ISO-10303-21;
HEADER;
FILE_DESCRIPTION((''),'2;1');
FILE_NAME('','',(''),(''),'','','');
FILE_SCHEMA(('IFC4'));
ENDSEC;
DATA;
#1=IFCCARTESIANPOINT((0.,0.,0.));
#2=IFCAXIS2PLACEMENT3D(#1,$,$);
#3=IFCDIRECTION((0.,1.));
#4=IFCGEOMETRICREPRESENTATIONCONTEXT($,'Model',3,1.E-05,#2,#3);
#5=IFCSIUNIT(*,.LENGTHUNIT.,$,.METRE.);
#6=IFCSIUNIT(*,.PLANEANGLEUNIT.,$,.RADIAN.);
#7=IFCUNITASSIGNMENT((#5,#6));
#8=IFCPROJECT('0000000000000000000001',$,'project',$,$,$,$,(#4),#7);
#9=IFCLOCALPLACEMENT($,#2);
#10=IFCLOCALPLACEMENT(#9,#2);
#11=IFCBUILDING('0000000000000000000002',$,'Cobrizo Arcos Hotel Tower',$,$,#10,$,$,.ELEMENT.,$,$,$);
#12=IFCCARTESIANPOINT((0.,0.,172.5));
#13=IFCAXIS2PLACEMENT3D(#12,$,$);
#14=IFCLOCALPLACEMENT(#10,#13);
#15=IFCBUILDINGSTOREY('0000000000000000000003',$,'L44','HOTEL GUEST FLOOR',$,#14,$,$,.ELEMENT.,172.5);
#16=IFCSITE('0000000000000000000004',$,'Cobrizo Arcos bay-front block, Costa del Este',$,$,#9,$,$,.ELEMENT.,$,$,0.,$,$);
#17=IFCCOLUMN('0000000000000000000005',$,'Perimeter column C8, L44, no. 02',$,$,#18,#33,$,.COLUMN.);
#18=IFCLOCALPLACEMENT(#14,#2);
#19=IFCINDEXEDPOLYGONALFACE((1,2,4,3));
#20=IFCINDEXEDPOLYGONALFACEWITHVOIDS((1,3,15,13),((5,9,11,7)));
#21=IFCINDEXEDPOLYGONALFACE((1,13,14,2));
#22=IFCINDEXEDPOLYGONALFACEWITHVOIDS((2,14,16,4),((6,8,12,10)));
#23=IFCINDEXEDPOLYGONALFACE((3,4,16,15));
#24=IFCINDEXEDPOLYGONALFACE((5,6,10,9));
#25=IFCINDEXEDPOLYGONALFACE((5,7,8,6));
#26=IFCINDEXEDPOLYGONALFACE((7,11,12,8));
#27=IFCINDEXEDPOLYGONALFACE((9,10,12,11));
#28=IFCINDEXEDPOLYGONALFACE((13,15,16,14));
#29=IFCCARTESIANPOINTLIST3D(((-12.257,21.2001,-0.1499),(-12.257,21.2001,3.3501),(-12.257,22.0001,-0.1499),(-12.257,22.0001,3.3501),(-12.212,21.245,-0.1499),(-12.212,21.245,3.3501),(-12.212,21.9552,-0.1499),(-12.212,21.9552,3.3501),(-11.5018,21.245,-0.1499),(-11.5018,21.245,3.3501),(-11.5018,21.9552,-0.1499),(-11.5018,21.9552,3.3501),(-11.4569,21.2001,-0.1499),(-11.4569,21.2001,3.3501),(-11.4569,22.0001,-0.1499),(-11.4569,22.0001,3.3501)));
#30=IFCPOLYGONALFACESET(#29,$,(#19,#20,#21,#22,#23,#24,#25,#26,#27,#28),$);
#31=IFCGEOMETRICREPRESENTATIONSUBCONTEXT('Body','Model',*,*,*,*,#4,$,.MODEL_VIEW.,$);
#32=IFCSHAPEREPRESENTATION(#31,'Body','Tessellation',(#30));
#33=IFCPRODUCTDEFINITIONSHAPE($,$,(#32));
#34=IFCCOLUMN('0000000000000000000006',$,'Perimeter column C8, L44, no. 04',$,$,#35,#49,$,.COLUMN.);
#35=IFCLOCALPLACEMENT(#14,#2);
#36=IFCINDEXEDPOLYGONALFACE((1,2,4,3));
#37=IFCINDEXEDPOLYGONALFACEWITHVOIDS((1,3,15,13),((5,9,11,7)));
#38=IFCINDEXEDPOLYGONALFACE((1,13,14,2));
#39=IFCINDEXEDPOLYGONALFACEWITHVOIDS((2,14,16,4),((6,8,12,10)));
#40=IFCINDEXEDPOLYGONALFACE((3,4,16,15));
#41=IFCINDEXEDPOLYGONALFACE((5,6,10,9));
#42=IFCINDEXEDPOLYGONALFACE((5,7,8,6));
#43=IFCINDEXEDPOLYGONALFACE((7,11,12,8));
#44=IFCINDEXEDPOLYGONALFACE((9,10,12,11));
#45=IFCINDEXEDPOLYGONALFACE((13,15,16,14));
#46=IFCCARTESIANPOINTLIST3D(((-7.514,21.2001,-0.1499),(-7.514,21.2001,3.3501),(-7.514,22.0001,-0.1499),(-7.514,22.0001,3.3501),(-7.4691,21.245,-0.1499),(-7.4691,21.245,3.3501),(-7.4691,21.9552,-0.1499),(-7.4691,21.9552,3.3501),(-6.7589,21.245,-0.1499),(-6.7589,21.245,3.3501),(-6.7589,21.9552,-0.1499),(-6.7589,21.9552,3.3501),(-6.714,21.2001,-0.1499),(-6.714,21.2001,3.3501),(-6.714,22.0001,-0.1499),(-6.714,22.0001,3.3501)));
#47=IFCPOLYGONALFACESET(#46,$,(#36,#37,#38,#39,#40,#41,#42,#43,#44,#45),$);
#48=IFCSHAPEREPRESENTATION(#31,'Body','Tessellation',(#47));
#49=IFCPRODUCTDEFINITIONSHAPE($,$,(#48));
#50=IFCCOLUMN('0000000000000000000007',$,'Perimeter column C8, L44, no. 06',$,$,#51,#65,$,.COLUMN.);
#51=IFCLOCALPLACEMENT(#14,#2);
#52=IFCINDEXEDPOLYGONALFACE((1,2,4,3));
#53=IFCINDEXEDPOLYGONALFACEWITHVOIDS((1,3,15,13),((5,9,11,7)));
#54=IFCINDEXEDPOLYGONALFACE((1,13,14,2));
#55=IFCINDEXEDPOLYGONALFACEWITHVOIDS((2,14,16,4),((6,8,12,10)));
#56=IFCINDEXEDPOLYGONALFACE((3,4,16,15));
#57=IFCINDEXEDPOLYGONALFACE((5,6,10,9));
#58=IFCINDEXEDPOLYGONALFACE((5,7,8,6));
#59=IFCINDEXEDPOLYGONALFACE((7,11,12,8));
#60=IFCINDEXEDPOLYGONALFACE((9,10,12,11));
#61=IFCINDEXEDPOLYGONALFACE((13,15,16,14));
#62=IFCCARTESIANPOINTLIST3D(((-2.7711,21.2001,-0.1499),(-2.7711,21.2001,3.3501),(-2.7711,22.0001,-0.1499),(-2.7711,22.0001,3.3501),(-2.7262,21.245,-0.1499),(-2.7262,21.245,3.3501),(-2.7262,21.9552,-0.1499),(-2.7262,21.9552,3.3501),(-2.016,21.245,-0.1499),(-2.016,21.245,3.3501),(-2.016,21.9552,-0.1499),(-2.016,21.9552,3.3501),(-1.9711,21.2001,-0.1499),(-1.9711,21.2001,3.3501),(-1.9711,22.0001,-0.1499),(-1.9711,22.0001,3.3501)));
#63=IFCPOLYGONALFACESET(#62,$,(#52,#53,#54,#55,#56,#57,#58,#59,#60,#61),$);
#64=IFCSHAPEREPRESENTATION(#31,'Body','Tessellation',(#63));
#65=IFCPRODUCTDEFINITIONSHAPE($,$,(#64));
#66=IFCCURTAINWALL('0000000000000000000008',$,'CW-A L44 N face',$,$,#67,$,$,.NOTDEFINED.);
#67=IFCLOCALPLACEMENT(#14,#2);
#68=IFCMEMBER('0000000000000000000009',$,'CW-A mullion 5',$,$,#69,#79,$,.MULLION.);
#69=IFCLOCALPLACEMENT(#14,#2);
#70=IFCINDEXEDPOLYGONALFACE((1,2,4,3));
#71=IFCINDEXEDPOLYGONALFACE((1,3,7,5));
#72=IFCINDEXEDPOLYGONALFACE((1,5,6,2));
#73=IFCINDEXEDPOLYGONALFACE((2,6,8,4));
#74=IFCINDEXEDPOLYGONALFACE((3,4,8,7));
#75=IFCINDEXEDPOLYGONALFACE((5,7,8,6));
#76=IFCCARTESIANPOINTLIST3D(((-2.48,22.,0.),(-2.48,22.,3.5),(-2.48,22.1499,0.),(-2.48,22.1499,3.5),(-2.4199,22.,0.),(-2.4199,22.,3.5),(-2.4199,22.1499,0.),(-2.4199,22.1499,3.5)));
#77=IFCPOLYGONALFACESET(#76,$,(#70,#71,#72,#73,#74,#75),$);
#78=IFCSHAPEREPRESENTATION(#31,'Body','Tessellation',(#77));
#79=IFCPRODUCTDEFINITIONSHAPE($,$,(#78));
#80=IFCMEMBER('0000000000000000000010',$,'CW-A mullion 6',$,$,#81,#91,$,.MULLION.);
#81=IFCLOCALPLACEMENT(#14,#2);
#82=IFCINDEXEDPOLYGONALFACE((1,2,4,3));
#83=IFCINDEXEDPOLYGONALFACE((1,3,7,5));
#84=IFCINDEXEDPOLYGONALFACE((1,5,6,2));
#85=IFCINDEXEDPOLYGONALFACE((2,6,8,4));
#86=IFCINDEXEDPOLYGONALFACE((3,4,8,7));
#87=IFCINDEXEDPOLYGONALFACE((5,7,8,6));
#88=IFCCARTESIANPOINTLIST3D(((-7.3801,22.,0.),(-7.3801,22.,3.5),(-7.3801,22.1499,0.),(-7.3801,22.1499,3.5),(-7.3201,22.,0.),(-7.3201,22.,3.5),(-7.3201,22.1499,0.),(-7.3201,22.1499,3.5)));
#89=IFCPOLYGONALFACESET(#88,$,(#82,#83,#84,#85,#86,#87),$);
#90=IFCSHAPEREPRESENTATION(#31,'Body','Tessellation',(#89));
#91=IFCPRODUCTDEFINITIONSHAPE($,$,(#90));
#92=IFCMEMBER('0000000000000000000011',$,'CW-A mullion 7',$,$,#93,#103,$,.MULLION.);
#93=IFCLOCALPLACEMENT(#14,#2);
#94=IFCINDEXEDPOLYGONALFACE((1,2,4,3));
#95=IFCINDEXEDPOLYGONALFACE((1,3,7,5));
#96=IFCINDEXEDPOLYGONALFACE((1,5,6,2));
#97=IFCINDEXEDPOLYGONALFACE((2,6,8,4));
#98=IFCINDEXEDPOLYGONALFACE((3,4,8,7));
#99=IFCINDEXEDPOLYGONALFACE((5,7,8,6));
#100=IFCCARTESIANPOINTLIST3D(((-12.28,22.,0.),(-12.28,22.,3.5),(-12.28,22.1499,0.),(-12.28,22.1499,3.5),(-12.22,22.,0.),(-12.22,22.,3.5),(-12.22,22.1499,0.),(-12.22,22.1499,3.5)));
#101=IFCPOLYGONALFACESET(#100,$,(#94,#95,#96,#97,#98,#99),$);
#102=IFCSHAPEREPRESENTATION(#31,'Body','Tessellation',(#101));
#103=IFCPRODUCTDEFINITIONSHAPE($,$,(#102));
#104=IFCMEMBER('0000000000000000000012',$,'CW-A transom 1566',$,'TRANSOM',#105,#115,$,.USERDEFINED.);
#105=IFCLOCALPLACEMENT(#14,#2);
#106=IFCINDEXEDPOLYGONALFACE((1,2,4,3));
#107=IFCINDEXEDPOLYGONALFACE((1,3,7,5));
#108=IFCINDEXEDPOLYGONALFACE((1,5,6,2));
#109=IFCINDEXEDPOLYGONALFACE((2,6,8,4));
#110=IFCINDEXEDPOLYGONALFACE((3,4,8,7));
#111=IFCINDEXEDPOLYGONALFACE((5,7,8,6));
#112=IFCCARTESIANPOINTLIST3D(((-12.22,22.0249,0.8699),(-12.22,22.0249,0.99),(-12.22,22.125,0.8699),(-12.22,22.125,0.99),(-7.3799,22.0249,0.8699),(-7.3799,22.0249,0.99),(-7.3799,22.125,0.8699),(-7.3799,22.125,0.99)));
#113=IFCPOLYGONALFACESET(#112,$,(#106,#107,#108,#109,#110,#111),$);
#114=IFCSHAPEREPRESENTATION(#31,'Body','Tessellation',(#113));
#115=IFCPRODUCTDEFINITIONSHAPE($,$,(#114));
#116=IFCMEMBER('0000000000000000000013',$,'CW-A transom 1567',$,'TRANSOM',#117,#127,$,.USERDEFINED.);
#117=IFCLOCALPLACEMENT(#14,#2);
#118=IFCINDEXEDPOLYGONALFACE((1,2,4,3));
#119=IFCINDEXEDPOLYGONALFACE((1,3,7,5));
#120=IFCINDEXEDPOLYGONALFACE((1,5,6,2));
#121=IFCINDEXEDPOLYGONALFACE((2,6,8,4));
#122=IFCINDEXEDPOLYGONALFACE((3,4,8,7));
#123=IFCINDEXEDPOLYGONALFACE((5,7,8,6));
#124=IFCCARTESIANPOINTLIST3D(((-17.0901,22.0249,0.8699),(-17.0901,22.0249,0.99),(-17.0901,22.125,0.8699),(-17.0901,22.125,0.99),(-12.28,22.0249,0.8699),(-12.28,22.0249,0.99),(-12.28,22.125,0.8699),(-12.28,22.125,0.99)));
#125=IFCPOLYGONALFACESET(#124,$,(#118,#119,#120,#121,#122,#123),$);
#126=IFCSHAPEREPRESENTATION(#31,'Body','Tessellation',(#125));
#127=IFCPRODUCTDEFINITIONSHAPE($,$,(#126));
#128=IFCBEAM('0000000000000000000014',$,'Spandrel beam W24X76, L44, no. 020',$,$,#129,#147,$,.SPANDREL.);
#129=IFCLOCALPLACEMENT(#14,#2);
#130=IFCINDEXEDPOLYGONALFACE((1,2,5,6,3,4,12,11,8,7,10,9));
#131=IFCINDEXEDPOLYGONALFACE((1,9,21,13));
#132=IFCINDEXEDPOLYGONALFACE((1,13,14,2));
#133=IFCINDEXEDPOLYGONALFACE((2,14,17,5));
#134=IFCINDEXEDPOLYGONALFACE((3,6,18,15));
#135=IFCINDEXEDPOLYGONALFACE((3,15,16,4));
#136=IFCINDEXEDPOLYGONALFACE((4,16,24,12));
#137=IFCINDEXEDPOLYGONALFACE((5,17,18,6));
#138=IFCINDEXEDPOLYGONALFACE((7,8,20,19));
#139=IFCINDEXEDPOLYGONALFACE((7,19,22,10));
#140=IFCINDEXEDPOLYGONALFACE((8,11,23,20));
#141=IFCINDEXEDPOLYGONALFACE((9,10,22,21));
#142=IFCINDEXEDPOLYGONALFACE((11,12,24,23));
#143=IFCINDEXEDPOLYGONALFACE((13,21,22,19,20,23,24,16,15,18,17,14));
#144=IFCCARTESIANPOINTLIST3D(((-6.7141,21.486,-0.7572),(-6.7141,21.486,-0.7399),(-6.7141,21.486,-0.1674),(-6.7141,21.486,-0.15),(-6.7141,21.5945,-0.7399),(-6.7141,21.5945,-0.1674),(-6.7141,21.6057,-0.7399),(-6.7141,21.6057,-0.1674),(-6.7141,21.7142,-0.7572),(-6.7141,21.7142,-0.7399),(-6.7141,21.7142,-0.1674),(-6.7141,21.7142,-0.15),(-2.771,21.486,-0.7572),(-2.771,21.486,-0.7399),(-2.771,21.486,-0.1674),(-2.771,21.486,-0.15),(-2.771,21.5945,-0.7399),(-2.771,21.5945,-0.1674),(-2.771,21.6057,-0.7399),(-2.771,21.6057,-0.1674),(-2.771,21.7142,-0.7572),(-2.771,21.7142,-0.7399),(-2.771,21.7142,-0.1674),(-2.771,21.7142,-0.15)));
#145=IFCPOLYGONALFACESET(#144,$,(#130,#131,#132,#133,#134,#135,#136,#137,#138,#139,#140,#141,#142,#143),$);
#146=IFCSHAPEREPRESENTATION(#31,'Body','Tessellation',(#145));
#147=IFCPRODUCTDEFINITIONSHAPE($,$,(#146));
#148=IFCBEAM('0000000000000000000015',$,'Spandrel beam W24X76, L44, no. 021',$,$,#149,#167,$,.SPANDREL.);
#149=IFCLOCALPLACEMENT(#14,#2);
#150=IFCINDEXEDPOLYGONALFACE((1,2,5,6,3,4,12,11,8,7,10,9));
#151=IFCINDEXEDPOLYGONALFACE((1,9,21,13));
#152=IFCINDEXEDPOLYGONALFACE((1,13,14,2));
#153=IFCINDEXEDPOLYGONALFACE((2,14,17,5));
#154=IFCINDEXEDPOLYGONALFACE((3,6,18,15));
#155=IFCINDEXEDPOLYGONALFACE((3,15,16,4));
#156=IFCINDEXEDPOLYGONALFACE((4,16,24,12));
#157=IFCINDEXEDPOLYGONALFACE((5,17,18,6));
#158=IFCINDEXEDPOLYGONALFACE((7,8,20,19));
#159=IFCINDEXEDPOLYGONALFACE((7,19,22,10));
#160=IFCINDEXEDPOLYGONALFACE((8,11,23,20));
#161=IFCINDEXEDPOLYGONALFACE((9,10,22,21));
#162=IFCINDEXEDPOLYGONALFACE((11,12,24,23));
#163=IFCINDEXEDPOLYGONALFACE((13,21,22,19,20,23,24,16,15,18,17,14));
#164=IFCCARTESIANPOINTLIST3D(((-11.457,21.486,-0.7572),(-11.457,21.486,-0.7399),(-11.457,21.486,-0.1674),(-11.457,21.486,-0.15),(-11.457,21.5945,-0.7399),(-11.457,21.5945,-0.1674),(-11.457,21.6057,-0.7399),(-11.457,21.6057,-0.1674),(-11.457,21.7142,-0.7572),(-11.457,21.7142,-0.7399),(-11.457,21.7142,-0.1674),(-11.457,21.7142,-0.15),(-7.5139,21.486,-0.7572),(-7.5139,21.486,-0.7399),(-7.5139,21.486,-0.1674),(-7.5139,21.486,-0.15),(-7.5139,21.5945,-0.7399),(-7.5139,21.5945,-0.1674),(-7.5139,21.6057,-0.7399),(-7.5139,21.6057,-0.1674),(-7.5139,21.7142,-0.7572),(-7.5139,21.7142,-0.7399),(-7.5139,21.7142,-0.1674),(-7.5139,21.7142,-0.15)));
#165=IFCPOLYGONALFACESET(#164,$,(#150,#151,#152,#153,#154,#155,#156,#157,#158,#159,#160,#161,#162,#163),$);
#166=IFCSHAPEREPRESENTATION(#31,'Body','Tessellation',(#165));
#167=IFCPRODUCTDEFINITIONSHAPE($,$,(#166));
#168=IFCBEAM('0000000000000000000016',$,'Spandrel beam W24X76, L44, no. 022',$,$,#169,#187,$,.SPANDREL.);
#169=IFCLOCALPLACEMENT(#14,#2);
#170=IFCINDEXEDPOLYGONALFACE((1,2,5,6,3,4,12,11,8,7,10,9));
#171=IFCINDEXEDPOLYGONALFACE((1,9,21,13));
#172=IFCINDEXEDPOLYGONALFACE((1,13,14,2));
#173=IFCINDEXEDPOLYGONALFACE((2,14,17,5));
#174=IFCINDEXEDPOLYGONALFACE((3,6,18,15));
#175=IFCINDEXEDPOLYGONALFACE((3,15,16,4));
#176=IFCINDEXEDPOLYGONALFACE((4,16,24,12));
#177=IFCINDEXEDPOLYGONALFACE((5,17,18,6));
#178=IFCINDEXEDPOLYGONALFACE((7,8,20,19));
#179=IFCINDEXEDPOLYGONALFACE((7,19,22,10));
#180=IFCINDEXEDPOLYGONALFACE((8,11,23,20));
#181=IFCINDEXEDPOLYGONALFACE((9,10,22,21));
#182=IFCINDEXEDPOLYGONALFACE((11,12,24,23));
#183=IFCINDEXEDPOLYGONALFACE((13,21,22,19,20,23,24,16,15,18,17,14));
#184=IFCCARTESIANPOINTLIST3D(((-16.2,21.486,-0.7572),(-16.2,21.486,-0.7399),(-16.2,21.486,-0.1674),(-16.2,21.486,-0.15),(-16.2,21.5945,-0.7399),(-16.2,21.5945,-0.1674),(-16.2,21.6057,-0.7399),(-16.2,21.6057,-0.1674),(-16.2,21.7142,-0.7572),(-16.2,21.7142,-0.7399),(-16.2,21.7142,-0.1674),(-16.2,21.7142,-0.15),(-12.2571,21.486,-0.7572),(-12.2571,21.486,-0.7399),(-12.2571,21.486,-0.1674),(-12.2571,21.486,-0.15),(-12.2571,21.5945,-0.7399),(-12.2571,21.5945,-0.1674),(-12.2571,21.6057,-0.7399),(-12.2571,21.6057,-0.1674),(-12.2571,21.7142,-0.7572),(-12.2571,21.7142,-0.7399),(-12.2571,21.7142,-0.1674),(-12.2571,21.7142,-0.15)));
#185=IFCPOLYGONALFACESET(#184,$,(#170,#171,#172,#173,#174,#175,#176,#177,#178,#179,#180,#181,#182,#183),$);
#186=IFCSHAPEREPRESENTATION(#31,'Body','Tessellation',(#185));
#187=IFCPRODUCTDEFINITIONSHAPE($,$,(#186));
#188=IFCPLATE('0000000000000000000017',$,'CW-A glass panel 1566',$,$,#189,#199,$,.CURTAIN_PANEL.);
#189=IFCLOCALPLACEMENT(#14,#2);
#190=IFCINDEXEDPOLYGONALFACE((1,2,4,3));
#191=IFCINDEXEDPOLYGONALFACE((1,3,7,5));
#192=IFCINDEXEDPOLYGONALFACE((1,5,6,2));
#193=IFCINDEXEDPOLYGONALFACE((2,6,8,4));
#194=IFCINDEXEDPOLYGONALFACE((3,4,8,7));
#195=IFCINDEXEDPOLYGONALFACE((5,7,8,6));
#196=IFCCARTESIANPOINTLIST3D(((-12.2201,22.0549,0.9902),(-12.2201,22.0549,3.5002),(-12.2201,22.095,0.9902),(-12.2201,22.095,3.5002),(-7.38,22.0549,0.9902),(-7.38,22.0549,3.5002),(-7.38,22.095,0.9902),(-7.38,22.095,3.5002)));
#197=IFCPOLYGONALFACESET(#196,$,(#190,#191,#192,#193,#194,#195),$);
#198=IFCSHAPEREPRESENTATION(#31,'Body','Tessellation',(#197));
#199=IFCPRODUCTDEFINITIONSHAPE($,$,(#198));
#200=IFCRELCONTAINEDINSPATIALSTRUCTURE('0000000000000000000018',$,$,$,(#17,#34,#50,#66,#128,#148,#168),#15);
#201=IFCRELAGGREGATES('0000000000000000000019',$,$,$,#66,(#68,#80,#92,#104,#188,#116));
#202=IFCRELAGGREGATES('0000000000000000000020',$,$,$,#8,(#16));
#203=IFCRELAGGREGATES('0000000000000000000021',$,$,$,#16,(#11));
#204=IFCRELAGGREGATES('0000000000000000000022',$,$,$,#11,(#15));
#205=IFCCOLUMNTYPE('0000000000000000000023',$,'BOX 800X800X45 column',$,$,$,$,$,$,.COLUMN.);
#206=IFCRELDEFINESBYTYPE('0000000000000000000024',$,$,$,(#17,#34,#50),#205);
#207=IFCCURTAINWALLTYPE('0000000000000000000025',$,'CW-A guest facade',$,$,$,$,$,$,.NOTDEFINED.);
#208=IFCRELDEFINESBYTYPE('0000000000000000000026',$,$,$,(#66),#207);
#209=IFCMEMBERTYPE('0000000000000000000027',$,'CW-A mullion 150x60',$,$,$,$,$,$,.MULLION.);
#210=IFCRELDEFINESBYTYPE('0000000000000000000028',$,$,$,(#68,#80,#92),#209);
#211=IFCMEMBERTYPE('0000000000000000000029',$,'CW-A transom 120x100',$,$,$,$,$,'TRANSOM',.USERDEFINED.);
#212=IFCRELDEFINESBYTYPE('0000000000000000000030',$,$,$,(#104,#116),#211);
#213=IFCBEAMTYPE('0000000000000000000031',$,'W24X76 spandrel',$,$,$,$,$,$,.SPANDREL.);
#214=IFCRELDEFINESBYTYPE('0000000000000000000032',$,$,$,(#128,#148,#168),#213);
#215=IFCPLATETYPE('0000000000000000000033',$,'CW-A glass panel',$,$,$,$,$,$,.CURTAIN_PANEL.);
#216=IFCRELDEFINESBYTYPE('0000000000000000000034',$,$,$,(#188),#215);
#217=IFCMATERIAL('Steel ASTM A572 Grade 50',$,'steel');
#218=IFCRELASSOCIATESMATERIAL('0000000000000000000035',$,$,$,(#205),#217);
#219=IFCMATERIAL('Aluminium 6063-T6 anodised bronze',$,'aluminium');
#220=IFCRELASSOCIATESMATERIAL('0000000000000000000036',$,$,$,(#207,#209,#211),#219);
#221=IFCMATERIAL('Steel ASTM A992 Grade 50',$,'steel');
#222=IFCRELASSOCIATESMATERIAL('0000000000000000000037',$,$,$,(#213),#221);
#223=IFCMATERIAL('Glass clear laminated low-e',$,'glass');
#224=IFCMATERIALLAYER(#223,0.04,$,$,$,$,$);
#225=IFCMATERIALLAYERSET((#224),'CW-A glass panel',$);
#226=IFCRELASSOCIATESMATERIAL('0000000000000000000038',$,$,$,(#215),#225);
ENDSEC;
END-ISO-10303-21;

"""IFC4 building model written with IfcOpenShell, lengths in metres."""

from ifc_helpers import new_model, si_unit, direction, frame, origin, origin_2d, place, context, subcontext, project, spatial, rectangle, hollow_rectangle, i_section, extrude, material, layer, layer_set, material_profile, profile_set, type_object, element, aggregate, save


model = new_model("IFC4")

# Units and contexts
model_context = context("Model", 3, precision=1e-05, world=origin(), true_north=direction((0.0, 1.0)))
body_context = subcontext(model_context, "Body", "Model", "MODEL_VIEW")
ifc_project = project(units=[si_unit("LENGTHUNIT", "METRE"), si_unit("PLANEANGLEUNIT", "RADIAN")], contexts=[model_context])

# Site, building, storey
site_placement = place(None, origin())
site = spatial("IfcSite", under=ifc_project, at=site_placement, Name="Cobrizo Arcos bay-front block, Costa del Este", CompositionType="ELEMENT", RefElevation=0.0)
building_placement = place(site_placement, origin())
building = spatial("IfcBuilding", under=site, at=building_placement, Name="Cobrizo Arcos Hotel Tower", CompositionType="ELEMENT")
storey_placement = place(building_placement, frame((0.0, 0.0, 172.5)))
storey = spatial("IfcBuildingStorey", under=building, at=storey_placement, Name="L44", Description="HOTEL GUEST FLOOR", CompositionType="ELEMENT", Elevation=172.5)

# Columns
ifc_material_1 = material(Name="Steel ASTM A572 Grade 50", Category="steel")
ifc_material_profile_1 = material_profile(ifc_material_1, hollow_rectangle(XDim=0.8, YDim=0.8, WallThickness=0.0449, at=origin_2d()), Name="BOX 800X800X45")
ifc_profile_set_1 = profile_set([ifc_material_profile_1], Name="Steel ASTM A572 Grade 50")
column_type = type_object("IfcColumnType", Name="BOX 800X800X45 column", PredefinedType="COLUMN", material=ifc_profile_set_1)
for number, where, z_axis, x_axis, name in (
    (1, (-11.8569, 21.6001, -0.1499), (0.0, 0.0, 1.0), (1.0, 0.0, 0.0), "Perimeter column C8, L44, no. 02"),
    (2, (-7.114, 21.6001, -0.1499), (0.0, 0.0, 1.0), (1.0, 0.0, 0.0), "Perimeter column C8, L44, no. 04"),
    (3, (-2.3711, 21.6001, -0.1499), (0.0, 0.0, 1.0), (1.0, 0.0, 0.0), "Perimeter column C8, L44, no. 06"),
):
    element("IfcColumn", number, at=place(storey_placement, frame(where, z_axis=z_axis, x_axis=x_axis)), inside=storey, type_object=column_type, Name=name, PredefinedType="COLUMN", context=body_context, shape_type="SweptSolid", body=[
        extrude(hollow_rectangle(XDim=0.8, YDim=0.8, WallThickness=0.0449, at=origin_2d()), origin(), (0.0, 0.0, 1.0), 3.5),
    ])

# Curtain wall, members
ifc_material_2 = material(Name="Aluminium 6063-T6 anodised bronze", Category="aluminium")
curtain_wall_type = type_object("IfcCurtainWallType", Name="CW-A guest facade", PredefinedType="NOTDEFINED", material=ifc_material_2)
curtain_wall_placement = place(storey_placement, origin())
curtain_wall = element("IfcCurtainWall", 4, at=curtain_wall_placement, inside=storey, type_object=curtain_wall_type, Name="CW-A L44 N face", PredefinedType="NOTDEFINED")
ifc_material_profile_2 = material_profile(ifc_material_2, rectangle(XDim=0.1499, YDim=0.0601, at=origin_2d()), Name="CW-A mullion 150x60")
ifc_profile_set_2 = profile_set([ifc_material_profile_2], Name="Aluminium 6063-T6 anodised bronze")
member_type_1 = type_object("IfcMemberType", Name="CW-A mullion 150x60", PredefinedType="MULLION", material=ifc_profile_set_2)
member_1_placement = place(storey_placement, frame((-2.45, 22.075, 0.0), z_axis=(0.0, 0.0, 1.0), x_axis=(0.0, 1.0, 0.0)))
member_1 = element("IfcMember", 5, at=member_1_placement, type_object=member_type_1, Name="CW-A mullion 5", PredefinedType="MULLION", context=body_context, shape_type="SweptSolid", body=[
    extrude(rectangle(XDim=0.1499, YDim=0.0601, at=origin_2d()), origin(), (0.0, 0.0, 1.0), 3.5),
])
member_2_placement = place(storey_placement, frame((-7.3501, 22.075, 0.0), z_axis=(0.0, 0.0, 1.0), x_axis=(0.0, 1.0, 0.0)))
member_2 = element("IfcMember", 6, at=member_2_placement, type_object=member_type_1, Name="CW-A mullion 6", PredefinedType="MULLION", context=body_context, shape_type="SweptSolid", body=[
    extrude(rectangle(XDim=0.1499, YDim=0.0601, at=origin_2d()), origin(), (0.0, 0.0, 1.0), 3.5),
])
member_3_placement = place(storey_placement, frame((-12.25, 22.075, 0.0), z_axis=(0.0, 0.0, 1.0), x_axis=(0.0, 1.0, 0.0)))
member_3 = element("IfcMember", 7, at=member_3_placement, type_object=member_type_1, Name="CW-A mullion 7", PredefinedType="MULLION", context=body_context, shape_type="SweptSolid", body=[
    extrude(rectangle(XDim=0.1499, YDim=0.0601, at=origin_2d()), origin(), (0.0, 0.0, 1.0), 3.5),
])
ifc_material_profile_3 = material_profile(ifc_material_2, rectangle(XDim=0.1001, YDim=0.1201, at=origin_2d()), Name="CW-A transom 120x100")
ifc_profile_set_3 = profile_set([ifc_material_profile_3], Name="Aluminium 6063-T6 anodised bronze")
member_type_2 = type_object("IfcMemberType", Name="CW-A transom 120x100", ElementType="TRANSOM", PredefinedType="USERDEFINED", material=ifc_profile_set_3)
member_4_placement = place(storey_placement, frame((-7.3799, 22.075, 0.9299), z_axis=(-1.0, 0.0, 0.0), x_axis=(0.0, -1.0, 0.0)))
member_4 = element("IfcMember", 8, at=member_4_placement, type_object=member_type_2, Name="CW-A transom 1566", ObjectType="TRANSOM", PredefinedType="USERDEFINED", context=body_context, shape_type="SweptSolid", body=[
    extrude(rectangle(XDim=0.1001, YDim=0.1201, at=origin_2d()), origin(), (0.0, 0.0, 1.0), 4.8401),
])
member_5_placement = place(storey_placement, frame((-12.28, 22.075, 0.9299), z_axis=(-1.0, 0.0, 0.0), x_axis=(0.0, -1.0, 0.0)))
member_5 = element("IfcMember", 9, at=member_5_placement, type_object=member_type_2, Name="CW-A transom 1567", ObjectType="TRANSOM", PredefinedType="USERDEFINED", context=body_context, shape_type="SweptSolid", body=[
    extrude(rectangle(XDim=0.1001, YDim=0.1201, at=origin_2d()), origin(), (0.0, 0.0, 1.0), 4.8101),
])

# Beams
ifc_material_3 = material(Name="Steel ASTM A992 Grade 50", Category="steel")
ifc_material_profile_4 = material_profile(ifc_material_3, i_section(OverallWidth=0.2283, OverallDepth=0.6072, WebThickness=0.0112, FlangeThickness=0.0173, at=origin_2d()), Name="W24X76")
ifc_profile_set_4 = profile_set([ifc_material_profile_4], Name="Steel ASTM A992 Grade 50")
beam_type = type_object("IfcBeamType", Name="W24X76 spandrel", PredefinedType="SPANDREL", material=ifc_profile_set_4)
for number, where, z_axis, x_axis, name in (
    (10, (-2.771, 21.6001, -0.4536), (-1.0, 0.0, 0.0), (0.0, -1.0, 0.0), "Spandrel beam W24X76, L44, no. 020"),
    (11, (-7.5139, 21.6001, -0.4536), (-1.0, 0.0, 0.0), (0.0, -1.0, 0.0), "Spandrel beam W24X76, L44, no. 021"),
):
    element("IfcBeam", number, at=place(storey_placement, frame(where, z_axis=z_axis, x_axis=x_axis)), inside=storey, type_object=beam_type, Name=name, PredefinedType="SPANDREL", context=body_context, shape_type="SweptSolid", body=[
        extrude(i_section(OverallWidth=0.2283, OverallDepth=0.6072, WebThickness=0.0112, FlangeThickness=0.0173, at=origin_2d()), origin(), (0.0, 0.0, 1.0), 3.9431),
    ])
beam_placement = place(storey_placement, frame((-12.2571, 21.6001, -0.4536), z_axis=(-1.0, 0.0, 0.0), x_axis=(0.0, -1.0, 0.0)))
element("IfcBeam", 12, at=beam_placement, inside=storey, type_object=beam_type, Name="Spandrel beam W24X76, L44, no. 022", PredefinedType="SPANDREL", context=body_context, shape_type="SweptSolid", body=[
    extrude(i_section(OverallWidth=0.2283, OverallDepth=0.6072, WebThickness=0.0112, FlangeThickness=0.0173, at=origin_2d()), origin(), (0.0, 0.0, 1.0), 3.9429),
])

# Plate
ifc_material_4 = material(Name="Glass clear laminated low-e", Category="glass")
ifc_layer_1 = layer(ifc_material_4, 0.04)
ifc_layer_set_1 = layer_set([ifc_layer_1], Name="CW-A glass panel")
plate_type_1 = type_object("IfcPlateType", Name="CW-A glass panel", PredefinedType="CURTAIN_PANEL", material=ifc_layer_set_1)
plate_1_placement = place(storey_placement, frame((-9.8, 22.075, 0.9902), z_axis=(0.0, 0.0, 1.0), x_axis=(-1.0, 0.0, 0.0)))
plate_1 = element("IfcPlate", 13, at=plate_1_placement, type_object=plate_type_1, Name="CW-A glass panel 1566", PredefinedType="CURTAIN_PANEL", context=body_context, shape_type="SweptSolid", body=[
    extrude(rectangle(XDim=4.8401, YDim=0.04, at=origin_2d()), origin(), (0.0, 0.0, 1.0), 2.51),
])
aggregate(curtain_wall, [member_1, member_2, member_3, member_4, plate_1, member_5])

save(model, "model.ifc")
